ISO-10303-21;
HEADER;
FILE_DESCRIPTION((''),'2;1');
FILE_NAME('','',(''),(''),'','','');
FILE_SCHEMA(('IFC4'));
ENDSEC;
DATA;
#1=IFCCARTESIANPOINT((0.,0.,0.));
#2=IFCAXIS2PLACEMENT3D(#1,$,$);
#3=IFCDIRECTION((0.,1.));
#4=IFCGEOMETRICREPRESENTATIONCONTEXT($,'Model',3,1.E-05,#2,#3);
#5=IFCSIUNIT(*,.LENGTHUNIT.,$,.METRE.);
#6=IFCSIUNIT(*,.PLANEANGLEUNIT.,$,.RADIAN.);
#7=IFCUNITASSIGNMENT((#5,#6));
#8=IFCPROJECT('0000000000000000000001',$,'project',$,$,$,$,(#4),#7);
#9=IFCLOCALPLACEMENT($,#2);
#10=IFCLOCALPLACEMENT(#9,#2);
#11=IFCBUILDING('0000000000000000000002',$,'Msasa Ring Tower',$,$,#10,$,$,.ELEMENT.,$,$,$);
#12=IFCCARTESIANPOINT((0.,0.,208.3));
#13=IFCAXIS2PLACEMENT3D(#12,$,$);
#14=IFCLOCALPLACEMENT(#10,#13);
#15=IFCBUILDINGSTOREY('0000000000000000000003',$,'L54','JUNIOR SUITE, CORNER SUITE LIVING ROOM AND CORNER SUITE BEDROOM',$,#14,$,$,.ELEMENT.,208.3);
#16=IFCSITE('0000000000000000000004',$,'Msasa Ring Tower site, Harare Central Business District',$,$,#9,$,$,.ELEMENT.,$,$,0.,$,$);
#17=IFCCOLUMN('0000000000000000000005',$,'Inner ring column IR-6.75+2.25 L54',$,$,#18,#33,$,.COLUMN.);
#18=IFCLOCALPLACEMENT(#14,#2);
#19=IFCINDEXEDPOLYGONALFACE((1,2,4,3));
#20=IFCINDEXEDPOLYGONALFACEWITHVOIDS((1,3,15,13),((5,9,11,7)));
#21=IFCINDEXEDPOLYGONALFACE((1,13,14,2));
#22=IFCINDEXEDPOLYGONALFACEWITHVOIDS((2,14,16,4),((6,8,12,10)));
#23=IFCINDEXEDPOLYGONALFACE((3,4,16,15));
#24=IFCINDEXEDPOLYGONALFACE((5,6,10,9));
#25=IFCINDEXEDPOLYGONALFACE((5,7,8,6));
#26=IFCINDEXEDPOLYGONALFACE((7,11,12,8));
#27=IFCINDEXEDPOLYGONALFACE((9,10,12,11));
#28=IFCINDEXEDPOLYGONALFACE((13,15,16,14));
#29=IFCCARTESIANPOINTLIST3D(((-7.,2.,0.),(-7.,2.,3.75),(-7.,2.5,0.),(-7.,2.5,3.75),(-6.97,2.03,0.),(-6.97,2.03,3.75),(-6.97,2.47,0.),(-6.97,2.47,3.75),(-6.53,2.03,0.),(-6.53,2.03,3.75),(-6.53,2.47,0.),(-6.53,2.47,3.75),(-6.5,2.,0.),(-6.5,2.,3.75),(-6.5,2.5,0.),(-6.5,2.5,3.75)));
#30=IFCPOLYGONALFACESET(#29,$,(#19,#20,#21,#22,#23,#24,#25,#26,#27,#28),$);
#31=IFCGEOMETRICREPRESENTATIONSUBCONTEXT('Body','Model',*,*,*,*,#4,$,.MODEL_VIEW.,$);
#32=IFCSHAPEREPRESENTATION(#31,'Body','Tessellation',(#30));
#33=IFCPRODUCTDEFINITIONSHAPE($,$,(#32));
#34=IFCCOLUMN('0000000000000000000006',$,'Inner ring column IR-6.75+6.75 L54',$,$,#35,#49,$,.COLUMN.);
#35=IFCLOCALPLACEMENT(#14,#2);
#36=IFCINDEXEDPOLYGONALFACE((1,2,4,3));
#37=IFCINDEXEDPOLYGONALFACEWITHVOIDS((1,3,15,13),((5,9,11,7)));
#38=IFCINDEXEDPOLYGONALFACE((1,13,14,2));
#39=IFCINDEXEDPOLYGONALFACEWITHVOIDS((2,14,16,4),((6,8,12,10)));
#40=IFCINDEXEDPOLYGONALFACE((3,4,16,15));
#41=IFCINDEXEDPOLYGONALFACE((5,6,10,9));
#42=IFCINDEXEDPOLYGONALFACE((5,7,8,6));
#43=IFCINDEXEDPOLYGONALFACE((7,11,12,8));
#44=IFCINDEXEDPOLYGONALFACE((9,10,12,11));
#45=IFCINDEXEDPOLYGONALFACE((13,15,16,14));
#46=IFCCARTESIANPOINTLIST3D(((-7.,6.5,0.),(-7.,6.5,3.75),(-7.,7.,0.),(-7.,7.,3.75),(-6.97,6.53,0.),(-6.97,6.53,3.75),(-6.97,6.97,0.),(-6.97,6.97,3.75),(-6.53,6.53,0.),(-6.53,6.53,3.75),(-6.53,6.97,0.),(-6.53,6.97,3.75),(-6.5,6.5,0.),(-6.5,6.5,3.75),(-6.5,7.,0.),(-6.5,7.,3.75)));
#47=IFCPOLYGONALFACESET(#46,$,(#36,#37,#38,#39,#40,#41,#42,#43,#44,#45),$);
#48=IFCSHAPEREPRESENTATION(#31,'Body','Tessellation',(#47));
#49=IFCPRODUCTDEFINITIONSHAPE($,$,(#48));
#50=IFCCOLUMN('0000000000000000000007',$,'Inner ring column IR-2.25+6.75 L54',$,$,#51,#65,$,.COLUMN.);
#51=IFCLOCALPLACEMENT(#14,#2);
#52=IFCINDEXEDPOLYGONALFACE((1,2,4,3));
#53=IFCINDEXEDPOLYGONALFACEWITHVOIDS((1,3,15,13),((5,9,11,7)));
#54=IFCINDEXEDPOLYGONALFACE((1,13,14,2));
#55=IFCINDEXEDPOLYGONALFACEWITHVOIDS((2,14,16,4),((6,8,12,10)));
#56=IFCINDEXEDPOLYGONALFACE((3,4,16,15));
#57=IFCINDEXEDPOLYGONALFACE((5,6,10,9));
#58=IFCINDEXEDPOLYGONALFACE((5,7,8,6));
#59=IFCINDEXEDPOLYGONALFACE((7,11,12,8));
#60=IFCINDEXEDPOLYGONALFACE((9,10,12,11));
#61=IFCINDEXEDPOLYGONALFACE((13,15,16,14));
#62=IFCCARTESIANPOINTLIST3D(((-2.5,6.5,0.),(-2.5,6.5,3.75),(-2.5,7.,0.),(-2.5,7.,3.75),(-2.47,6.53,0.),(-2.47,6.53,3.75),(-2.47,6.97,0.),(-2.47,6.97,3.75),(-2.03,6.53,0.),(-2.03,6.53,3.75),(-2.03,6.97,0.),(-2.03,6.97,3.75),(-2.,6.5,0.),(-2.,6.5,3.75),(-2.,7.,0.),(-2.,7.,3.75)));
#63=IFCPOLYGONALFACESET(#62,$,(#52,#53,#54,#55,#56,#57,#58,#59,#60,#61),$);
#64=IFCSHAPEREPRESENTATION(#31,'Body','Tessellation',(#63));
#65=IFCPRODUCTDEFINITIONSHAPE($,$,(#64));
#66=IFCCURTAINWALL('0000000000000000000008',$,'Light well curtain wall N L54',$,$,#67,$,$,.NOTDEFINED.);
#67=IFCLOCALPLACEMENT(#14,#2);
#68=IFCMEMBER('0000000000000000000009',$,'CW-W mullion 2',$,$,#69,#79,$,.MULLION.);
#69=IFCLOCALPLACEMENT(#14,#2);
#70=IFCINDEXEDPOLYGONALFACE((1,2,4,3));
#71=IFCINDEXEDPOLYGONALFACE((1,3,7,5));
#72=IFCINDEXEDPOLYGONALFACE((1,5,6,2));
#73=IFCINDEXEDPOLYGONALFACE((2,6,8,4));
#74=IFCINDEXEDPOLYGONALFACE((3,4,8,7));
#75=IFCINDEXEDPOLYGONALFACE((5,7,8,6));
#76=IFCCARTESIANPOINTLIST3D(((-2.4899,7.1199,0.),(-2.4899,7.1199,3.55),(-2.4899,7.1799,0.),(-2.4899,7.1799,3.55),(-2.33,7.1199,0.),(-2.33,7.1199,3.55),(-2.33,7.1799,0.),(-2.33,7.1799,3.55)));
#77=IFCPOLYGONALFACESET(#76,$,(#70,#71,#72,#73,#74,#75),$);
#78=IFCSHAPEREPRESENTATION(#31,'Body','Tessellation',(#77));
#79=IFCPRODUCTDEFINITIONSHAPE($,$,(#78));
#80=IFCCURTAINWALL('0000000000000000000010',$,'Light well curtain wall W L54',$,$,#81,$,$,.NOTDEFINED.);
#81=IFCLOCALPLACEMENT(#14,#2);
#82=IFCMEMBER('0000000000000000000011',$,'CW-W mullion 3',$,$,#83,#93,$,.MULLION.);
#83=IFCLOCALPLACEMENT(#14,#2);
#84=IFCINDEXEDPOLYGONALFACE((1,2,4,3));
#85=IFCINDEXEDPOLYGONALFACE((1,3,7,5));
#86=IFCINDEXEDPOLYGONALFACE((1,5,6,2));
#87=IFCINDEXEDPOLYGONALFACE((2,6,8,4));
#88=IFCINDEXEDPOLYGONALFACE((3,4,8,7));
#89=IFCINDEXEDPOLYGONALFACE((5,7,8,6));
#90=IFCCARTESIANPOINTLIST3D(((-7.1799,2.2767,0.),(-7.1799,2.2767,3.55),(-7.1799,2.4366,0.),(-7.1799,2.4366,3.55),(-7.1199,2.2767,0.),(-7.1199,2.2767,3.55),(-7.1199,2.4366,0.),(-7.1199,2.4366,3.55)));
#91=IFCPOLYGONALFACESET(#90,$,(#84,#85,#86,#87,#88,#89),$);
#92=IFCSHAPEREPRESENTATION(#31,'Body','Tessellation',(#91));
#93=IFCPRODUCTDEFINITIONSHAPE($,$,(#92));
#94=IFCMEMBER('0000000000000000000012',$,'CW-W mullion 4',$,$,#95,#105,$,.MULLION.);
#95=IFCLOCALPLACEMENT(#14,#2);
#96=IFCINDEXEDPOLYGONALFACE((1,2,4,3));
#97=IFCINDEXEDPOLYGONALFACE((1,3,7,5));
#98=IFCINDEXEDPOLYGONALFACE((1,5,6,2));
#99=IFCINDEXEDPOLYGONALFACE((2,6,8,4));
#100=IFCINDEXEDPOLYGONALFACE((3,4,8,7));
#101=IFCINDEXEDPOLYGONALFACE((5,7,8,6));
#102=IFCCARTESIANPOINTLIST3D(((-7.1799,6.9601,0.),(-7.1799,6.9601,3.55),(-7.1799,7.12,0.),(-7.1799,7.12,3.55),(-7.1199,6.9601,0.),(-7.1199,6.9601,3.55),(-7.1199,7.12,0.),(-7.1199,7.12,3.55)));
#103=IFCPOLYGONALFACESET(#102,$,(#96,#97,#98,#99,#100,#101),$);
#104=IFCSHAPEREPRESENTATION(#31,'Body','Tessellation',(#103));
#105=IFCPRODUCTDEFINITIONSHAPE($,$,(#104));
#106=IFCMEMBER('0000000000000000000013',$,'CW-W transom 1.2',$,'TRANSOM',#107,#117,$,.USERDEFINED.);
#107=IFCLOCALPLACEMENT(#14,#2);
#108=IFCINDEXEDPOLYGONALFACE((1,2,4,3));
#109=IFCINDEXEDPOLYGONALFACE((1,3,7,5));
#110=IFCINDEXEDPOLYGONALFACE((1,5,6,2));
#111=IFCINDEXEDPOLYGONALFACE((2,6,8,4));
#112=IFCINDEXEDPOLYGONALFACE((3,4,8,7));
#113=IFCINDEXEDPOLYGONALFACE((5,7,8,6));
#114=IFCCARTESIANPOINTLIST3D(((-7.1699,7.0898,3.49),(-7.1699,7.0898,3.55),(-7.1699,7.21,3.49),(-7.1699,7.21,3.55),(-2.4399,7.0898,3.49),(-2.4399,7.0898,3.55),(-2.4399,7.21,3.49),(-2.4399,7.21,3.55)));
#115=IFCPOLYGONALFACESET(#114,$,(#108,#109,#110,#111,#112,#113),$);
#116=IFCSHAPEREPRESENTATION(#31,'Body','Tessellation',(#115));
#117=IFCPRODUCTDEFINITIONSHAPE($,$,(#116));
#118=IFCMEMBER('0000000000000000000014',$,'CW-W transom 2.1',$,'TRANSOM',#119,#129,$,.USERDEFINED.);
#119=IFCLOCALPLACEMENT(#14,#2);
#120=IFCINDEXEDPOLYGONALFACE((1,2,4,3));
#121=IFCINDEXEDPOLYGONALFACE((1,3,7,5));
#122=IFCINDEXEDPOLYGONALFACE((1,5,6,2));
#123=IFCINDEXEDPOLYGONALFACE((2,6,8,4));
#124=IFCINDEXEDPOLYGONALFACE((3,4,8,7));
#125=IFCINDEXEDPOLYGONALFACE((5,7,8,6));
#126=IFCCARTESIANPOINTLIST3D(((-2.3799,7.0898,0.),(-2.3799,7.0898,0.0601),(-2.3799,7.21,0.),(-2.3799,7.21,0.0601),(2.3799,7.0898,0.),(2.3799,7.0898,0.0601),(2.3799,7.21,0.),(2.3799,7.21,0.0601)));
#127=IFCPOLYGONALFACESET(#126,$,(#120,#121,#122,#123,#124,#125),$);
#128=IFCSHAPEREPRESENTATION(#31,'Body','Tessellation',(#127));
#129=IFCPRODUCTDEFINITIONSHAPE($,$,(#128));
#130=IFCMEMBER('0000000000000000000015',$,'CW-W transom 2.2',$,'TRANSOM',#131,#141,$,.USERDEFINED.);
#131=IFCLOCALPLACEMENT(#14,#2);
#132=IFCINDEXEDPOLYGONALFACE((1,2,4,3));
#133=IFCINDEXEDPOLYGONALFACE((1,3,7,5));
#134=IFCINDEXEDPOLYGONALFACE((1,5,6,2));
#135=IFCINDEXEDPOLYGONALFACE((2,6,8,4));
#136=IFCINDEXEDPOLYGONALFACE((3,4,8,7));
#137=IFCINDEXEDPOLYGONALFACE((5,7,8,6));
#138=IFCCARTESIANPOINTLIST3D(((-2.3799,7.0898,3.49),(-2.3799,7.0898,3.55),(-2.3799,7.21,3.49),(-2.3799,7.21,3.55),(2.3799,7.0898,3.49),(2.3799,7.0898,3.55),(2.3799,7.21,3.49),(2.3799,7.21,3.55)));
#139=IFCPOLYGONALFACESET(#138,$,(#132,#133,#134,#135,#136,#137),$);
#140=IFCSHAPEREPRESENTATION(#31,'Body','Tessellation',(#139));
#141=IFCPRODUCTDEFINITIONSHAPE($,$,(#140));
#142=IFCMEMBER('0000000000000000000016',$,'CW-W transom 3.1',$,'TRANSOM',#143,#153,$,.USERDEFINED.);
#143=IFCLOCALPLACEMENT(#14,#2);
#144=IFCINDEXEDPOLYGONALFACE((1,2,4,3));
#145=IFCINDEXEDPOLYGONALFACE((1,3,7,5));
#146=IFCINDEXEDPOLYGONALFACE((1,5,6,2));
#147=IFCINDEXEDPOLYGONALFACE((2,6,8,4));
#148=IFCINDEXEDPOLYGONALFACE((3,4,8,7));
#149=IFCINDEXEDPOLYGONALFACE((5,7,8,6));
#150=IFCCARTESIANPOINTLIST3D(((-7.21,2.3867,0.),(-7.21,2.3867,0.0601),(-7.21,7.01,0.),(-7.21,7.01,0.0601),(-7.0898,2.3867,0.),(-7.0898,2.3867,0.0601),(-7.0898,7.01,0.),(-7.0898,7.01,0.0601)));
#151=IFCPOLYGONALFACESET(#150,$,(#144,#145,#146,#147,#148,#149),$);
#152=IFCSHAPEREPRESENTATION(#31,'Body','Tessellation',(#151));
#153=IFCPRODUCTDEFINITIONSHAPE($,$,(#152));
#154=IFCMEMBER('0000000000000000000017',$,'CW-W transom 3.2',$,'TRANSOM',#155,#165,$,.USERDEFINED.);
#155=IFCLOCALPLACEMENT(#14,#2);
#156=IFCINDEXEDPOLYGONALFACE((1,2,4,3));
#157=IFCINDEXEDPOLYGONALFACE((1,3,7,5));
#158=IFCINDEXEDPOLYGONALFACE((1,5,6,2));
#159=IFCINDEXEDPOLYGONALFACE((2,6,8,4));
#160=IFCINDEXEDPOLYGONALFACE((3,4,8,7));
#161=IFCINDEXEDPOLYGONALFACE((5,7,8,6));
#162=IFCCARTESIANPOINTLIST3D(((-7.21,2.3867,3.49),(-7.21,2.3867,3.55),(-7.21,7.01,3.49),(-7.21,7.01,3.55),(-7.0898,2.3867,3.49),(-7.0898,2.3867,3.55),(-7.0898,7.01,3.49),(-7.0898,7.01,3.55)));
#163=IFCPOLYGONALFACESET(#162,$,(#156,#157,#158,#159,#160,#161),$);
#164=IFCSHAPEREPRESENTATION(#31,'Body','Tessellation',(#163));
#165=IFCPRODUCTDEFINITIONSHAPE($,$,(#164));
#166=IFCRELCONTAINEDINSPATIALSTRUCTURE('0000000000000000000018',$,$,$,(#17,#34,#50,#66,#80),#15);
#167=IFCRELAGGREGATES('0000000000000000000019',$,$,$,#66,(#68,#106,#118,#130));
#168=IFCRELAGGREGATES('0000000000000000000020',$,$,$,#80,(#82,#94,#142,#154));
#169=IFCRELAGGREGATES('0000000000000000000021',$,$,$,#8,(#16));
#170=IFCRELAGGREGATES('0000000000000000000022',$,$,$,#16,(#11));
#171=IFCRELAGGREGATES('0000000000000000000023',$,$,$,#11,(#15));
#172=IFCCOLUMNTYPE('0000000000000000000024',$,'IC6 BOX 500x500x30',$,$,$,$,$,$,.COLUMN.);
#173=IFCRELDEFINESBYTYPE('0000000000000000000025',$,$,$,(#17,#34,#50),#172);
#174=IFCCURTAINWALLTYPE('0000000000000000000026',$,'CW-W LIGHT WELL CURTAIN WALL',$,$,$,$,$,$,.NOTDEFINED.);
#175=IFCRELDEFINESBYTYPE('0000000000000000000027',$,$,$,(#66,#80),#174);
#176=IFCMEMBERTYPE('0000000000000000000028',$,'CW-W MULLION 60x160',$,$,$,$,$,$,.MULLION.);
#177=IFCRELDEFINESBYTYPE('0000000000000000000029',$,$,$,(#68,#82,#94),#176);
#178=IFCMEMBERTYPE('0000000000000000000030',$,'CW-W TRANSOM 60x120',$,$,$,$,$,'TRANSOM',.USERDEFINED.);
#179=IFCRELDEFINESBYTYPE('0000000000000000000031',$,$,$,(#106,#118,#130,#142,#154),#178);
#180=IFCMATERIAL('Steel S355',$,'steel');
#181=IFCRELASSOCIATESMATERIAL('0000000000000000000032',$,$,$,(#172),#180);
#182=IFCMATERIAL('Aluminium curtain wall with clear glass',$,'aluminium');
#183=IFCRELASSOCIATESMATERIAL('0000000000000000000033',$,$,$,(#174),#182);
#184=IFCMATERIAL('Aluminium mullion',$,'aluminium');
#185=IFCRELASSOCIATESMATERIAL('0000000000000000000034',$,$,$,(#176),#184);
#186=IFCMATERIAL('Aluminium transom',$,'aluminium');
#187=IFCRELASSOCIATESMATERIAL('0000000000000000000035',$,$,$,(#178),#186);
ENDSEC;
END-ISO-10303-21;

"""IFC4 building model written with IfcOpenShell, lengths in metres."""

from ifc_helpers import new_model, si_unit, direction, frame, origin, origin_2d, place, context, subcontext, project, spatial, rectangle, hollow_rectangle, extrude, material, material_profile, profile_set, type_object, element, aggregate, save


model = new_model("IFC4")

# Units and contexts
model_context = context("Model", 3, precision=1e-05, world=origin(), true_north=direction((0.0, 1.0)))
body_context = subcontext(model_context, "Body", "Model", "MODEL_VIEW")
ifc_project = project(units=[si_unit("LENGTHUNIT", "METRE"), si_unit("PLANEANGLEUNIT", "RADIAN")], contexts=[model_context])

# Site, building, storey
site_placement = place(None, origin())
site = spatial("IfcSite", under=ifc_project, at=site_placement, Name="Msasa Ring Tower site, Harare Central Business District", CompositionType="ELEMENT", RefElevation=0.0)
building_placement = place(site_placement, origin())
building = spatial("IfcBuilding", under=site, at=building_placement, Name="Msasa Ring Tower", CompositionType="ELEMENT")
storey_placement = place(building_placement, frame((0.0, 0.0, 208.3)))
storey = spatial("IfcBuildingStorey", under=building, at=storey_placement, Name="L54", Description="JUNIOR SUITE, CORNER SUITE LIVING ROOM AND CORNER SUITE BEDROOM", CompositionType="ELEMENT", Elevation=208.3)

# Columns
ifc_material_1 = material(Name="Steel S355", Category="steel")
ifc_material_profile_1 = material_profile(ifc_material_1, hollow_rectangle(XDim=0.5, YDim=0.5, WallThickness=0.03, at=origin_2d()), Name="BOX 500x500x30")
ifc_profile_set_1 = profile_set([ifc_material_profile_1], Name="Steel S355")
column_type = type_object("IfcColumnType", Name="IC6 BOX 500x500x30", PredefinedType="COLUMN", material=ifc_profile_set_1)
for number, where, z_axis, x_axis, name in (
    (1, (-6.75, 2.25, 0.0), (0.0, 0.0, 1.0), (1.0, 0.0, 0.0), "Inner ring column IR-6.75+2.25 L54"),
    (2, (-6.75, 6.75, 0.0), (0.0, 0.0, 1.0), (1.0, 0.0, 0.0), "Inner ring column IR-6.75+6.75 L54"),
    (3, (-2.25, 6.75, 0.0), (0.0, 0.0, 1.0), (1.0, 0.0, 0.0), "Inner ring column IR-2.25+6.75 L54"),
):
    element("IfcColumn", number, at=place(storey_placement, frame(where, z_axis=z_axis, x_axis=x_axis)), inside=storey, type_object=column_type, Name=name, PredefinedType="COLUMN", context=body_context, shape_type="SweptSolid", body=[
        extrude(hollow_rectangle(XDim=0.5, YDim=0.5, WallThickness=0.03, at=origin_2d()), origin(), (0.0, 0.0, 1.0), 3.75),
    ])

# Curtain wall, member
ifc_material_2 = material(Name="Aluminium curtain wall with clear glass", Category="aluminium")
curtain_wall_type = type_object("IfcCurtainWallType", Name="CW-W LIGHT WELL CURTAIN WALL", PredefinedType="NOTDEFINED", material=ifc_material_2)
curtain_wall_1_placement = place(storey_placement, origin())
curtain_wall_1 = element("IfcCurtainWall", 4, at=curtain_wall_1_placement, inside=storey, type_object=curtain_wall_type, Name="Light well curtain wall N L54", PredefinedType="NOTDEFINED")
ifc_material_3 = material(Name="Aluminium mullion", Category="aluminium")
ifc_material_profile_2 = material_profile(ifc_material_3, rectangle(XDim=0.0601, YDim=0.1599, at=origin_2d()), Name="AL 60x160")
ifc_profile_set_2 = profile_set([ifc_material_profile_2], Name="Aluminium mullion")
member_type_1 = type_object("IfcMemberType", Name="CW-W MULLION 60x160", PredefinedType="MULLION", material=ifc_profile_set_2)
member_1_placement = place(storey_placement, frame((-2.4099, 7.1499, 0.0), z_axis=(0.0, 0.0, 1.0), x_axis=(0.0, 1.0, 0.0)))
member_1 = element("IfcMember", 5, at=member_1_placement, type_object=member_type_1, Name="CW-W mullion 2", PredefinedType="MULLION", context=body_context, shape_type="SweptSolid", body=[
    extrude(rectangle(XDim=0.0601, YDim=0.1599, at=origin_2d()), origin(), (0.0, 0.0, 1.0), 3.55),
])

# Curtain wall, members
curtain_wall_2_placement = place(storey_placement, origin())
curtain_wall_2 = element("IfcCurtainWall", 6, at=curtain_wall_2_placement, inside=storey, type_object=curtain_wall_type, Name="Light well curtain wall W L54", PredefinedType="NOTDEFINED")
member_2_placement = place(storey_placement, frame((-7.1499, 2.3567, 0.0), z_axis=(0.0, 0.0, 1.0), x_axis=(-1.0, 0.0, 0.0)))
member_2 = element("IfcMember", 7, at=member_2_placement, type_object=member_type_1, Name="CW-W mullion 3", PredefinedType="MULLION", context=body_context, shape_type="SweptSolid", body=[
    extrude(rectangle(XDim=0.0601, YDim=0.1599, at=origin_2d()), origin(), (0.0, 0.0, 1.0), 3.55),
])
member_3_placement = place(storey_placement, frame((-7.1499, 7.04, 0.0), z_axis=(0.0, 0.0, 1.0), x_axis=(-1.0, 0.0, 0.0)))
member_3 = element("IfcMember", 8, at=member_3_placement, type_object=member_type_1, Name="CW-W mullion 4", PredefinedType="MULLION", context=body_context, shape_type="SweptSolid", body=[
    extrude(rectangle(XDim=0.0601, YDim=0.1599, at=origin_2d()), origin(), (0.0, 0.0, 1.0), 3.55),
])

# Members
ifc_material_4 = material(Name="Aluminium transom", Category="aluminium")
ifc_material_profile_3 = material_profile(ifc_material_4, rectangle(XDim=0.1201, YDim=0.0601, at=origin_2d()), Name="AL 60x120")
ifc_profile_set_3 = profile_set([ifc_material_profile_3], Name="Aluminium transom")
member_type_2 = type_object("IfcMemberType", Name="CW-W TRANSOM 60x120", ElementType="TRANSOM", PredefinedType="USERDEFINED", material=ifc_profile_set_3)
member_4_placement = place(storey_placement, frame((-7.1699, 7.1499, 3.52), z_axis=(1.0, 0.0, 0.0), x_axis=(0.0, 1.0, 0.0)))
member_4 = element("IfcMember", 9, at=member_4_placement, type_object=member_type_2, Name="CW-W transom 1.2", ObjectType="TRANSOM", PredefinedType="USERDEFINED", context=body_context, shape_type="SweptSolid", body=[
    extrude(rectangle(XDim=0.1201, YDim=0.0601, at=origin_2d()), origin(), (0.0, 0.0, 1.0), 4.73),
])
member_5_placement = place(storey_placement, frame((-2.3799, 7.1499, 0.03), z_axis=(1.0, 0.0, 0.0), x_axis=(0.0, 1.0, 0.0)))
member_5 = element("IfcMember", 10, at=member_5_placement, type_object=member_type_2, Name="CW-W transom 2.1", ObjectType="TRANSOM", PredefinedType="USERDEFINED", context=body_context, shape_type="SweptSolid", body=[
    extrude(rectangle(XDim=0.1201, YDim=0.0601, at=origin_2d()), origin(), (0.0, 0.0, 1.0), 4.7598),
])
member_6_placement = place(storey_placement, frame((-2.3799, 7.1499, 3.52), z_axis=(1.0, 0.0, 0.0), x_axis=(0.0, 1.0, 0.0)))
member_6 = element("IfcMember", 11, at=member_6_placement, type_object=member_type_2, Name="CW-W transom 2.2", ObjectType="TRANSOM", PredefinedType="USERDEFINED", context=body_context, shape_type="SweptSolid", body=[
    extrude(rectangle(XDim=0.1201, YDim=0.0601, at=origin_2d()), origin(), (0.0, 0.0, 1.0), 4.7598),
])
member_7_placement = place(storey_placement, frame((-7.1499, 2.3867, 0.03), z_axis=(0.0, 1.0, 0.0), x_axis=(-1.0, 0.0, 0.0)))
member_7 = element("IfcMember", 12, at=member_7_placement, type_object=member_type_2, Name="CW-W transom 3.1", ObjectType="TRANSOM", PredefinedType="USERDEFINED", context=body_context, shape_type="SweptSolid", body=[
    extrude(rectangle(XDim=0.1201, YDim=0.0601, at=origin_2d()), origin(), (0.0, 0.0, 1.0), 4.6233),
])
member_8_placement = place(storey_placement, frame((-7.1499, 2.3867, 3.52), z_axis=(0.0, 1.0, 0.0), x_axis=(-1.0, 0.0, 0.0)))
member_8 = element("IfcMember", 13, at=member_8_placement, type_object=member_type_2, Name="CW-W transom 3.2", ObjectType="TRANSOM", PredefinedType="USERDEFINED", context=body_context, shape_type="SweptSolid", body=[
    extrude(rectangle(XDim=0.1201, YDim=0.0601, at=origin_2d()), origin(), (0.0, 0.0, 1.0), 4.6233),
])

aggregate(curtain_wall_1, [member_1, member_4, member_5, member_6])
aggregate(curtain_wall_2, [member_2, member_3, member_7, member_8])

save(model, "model.ifc")
